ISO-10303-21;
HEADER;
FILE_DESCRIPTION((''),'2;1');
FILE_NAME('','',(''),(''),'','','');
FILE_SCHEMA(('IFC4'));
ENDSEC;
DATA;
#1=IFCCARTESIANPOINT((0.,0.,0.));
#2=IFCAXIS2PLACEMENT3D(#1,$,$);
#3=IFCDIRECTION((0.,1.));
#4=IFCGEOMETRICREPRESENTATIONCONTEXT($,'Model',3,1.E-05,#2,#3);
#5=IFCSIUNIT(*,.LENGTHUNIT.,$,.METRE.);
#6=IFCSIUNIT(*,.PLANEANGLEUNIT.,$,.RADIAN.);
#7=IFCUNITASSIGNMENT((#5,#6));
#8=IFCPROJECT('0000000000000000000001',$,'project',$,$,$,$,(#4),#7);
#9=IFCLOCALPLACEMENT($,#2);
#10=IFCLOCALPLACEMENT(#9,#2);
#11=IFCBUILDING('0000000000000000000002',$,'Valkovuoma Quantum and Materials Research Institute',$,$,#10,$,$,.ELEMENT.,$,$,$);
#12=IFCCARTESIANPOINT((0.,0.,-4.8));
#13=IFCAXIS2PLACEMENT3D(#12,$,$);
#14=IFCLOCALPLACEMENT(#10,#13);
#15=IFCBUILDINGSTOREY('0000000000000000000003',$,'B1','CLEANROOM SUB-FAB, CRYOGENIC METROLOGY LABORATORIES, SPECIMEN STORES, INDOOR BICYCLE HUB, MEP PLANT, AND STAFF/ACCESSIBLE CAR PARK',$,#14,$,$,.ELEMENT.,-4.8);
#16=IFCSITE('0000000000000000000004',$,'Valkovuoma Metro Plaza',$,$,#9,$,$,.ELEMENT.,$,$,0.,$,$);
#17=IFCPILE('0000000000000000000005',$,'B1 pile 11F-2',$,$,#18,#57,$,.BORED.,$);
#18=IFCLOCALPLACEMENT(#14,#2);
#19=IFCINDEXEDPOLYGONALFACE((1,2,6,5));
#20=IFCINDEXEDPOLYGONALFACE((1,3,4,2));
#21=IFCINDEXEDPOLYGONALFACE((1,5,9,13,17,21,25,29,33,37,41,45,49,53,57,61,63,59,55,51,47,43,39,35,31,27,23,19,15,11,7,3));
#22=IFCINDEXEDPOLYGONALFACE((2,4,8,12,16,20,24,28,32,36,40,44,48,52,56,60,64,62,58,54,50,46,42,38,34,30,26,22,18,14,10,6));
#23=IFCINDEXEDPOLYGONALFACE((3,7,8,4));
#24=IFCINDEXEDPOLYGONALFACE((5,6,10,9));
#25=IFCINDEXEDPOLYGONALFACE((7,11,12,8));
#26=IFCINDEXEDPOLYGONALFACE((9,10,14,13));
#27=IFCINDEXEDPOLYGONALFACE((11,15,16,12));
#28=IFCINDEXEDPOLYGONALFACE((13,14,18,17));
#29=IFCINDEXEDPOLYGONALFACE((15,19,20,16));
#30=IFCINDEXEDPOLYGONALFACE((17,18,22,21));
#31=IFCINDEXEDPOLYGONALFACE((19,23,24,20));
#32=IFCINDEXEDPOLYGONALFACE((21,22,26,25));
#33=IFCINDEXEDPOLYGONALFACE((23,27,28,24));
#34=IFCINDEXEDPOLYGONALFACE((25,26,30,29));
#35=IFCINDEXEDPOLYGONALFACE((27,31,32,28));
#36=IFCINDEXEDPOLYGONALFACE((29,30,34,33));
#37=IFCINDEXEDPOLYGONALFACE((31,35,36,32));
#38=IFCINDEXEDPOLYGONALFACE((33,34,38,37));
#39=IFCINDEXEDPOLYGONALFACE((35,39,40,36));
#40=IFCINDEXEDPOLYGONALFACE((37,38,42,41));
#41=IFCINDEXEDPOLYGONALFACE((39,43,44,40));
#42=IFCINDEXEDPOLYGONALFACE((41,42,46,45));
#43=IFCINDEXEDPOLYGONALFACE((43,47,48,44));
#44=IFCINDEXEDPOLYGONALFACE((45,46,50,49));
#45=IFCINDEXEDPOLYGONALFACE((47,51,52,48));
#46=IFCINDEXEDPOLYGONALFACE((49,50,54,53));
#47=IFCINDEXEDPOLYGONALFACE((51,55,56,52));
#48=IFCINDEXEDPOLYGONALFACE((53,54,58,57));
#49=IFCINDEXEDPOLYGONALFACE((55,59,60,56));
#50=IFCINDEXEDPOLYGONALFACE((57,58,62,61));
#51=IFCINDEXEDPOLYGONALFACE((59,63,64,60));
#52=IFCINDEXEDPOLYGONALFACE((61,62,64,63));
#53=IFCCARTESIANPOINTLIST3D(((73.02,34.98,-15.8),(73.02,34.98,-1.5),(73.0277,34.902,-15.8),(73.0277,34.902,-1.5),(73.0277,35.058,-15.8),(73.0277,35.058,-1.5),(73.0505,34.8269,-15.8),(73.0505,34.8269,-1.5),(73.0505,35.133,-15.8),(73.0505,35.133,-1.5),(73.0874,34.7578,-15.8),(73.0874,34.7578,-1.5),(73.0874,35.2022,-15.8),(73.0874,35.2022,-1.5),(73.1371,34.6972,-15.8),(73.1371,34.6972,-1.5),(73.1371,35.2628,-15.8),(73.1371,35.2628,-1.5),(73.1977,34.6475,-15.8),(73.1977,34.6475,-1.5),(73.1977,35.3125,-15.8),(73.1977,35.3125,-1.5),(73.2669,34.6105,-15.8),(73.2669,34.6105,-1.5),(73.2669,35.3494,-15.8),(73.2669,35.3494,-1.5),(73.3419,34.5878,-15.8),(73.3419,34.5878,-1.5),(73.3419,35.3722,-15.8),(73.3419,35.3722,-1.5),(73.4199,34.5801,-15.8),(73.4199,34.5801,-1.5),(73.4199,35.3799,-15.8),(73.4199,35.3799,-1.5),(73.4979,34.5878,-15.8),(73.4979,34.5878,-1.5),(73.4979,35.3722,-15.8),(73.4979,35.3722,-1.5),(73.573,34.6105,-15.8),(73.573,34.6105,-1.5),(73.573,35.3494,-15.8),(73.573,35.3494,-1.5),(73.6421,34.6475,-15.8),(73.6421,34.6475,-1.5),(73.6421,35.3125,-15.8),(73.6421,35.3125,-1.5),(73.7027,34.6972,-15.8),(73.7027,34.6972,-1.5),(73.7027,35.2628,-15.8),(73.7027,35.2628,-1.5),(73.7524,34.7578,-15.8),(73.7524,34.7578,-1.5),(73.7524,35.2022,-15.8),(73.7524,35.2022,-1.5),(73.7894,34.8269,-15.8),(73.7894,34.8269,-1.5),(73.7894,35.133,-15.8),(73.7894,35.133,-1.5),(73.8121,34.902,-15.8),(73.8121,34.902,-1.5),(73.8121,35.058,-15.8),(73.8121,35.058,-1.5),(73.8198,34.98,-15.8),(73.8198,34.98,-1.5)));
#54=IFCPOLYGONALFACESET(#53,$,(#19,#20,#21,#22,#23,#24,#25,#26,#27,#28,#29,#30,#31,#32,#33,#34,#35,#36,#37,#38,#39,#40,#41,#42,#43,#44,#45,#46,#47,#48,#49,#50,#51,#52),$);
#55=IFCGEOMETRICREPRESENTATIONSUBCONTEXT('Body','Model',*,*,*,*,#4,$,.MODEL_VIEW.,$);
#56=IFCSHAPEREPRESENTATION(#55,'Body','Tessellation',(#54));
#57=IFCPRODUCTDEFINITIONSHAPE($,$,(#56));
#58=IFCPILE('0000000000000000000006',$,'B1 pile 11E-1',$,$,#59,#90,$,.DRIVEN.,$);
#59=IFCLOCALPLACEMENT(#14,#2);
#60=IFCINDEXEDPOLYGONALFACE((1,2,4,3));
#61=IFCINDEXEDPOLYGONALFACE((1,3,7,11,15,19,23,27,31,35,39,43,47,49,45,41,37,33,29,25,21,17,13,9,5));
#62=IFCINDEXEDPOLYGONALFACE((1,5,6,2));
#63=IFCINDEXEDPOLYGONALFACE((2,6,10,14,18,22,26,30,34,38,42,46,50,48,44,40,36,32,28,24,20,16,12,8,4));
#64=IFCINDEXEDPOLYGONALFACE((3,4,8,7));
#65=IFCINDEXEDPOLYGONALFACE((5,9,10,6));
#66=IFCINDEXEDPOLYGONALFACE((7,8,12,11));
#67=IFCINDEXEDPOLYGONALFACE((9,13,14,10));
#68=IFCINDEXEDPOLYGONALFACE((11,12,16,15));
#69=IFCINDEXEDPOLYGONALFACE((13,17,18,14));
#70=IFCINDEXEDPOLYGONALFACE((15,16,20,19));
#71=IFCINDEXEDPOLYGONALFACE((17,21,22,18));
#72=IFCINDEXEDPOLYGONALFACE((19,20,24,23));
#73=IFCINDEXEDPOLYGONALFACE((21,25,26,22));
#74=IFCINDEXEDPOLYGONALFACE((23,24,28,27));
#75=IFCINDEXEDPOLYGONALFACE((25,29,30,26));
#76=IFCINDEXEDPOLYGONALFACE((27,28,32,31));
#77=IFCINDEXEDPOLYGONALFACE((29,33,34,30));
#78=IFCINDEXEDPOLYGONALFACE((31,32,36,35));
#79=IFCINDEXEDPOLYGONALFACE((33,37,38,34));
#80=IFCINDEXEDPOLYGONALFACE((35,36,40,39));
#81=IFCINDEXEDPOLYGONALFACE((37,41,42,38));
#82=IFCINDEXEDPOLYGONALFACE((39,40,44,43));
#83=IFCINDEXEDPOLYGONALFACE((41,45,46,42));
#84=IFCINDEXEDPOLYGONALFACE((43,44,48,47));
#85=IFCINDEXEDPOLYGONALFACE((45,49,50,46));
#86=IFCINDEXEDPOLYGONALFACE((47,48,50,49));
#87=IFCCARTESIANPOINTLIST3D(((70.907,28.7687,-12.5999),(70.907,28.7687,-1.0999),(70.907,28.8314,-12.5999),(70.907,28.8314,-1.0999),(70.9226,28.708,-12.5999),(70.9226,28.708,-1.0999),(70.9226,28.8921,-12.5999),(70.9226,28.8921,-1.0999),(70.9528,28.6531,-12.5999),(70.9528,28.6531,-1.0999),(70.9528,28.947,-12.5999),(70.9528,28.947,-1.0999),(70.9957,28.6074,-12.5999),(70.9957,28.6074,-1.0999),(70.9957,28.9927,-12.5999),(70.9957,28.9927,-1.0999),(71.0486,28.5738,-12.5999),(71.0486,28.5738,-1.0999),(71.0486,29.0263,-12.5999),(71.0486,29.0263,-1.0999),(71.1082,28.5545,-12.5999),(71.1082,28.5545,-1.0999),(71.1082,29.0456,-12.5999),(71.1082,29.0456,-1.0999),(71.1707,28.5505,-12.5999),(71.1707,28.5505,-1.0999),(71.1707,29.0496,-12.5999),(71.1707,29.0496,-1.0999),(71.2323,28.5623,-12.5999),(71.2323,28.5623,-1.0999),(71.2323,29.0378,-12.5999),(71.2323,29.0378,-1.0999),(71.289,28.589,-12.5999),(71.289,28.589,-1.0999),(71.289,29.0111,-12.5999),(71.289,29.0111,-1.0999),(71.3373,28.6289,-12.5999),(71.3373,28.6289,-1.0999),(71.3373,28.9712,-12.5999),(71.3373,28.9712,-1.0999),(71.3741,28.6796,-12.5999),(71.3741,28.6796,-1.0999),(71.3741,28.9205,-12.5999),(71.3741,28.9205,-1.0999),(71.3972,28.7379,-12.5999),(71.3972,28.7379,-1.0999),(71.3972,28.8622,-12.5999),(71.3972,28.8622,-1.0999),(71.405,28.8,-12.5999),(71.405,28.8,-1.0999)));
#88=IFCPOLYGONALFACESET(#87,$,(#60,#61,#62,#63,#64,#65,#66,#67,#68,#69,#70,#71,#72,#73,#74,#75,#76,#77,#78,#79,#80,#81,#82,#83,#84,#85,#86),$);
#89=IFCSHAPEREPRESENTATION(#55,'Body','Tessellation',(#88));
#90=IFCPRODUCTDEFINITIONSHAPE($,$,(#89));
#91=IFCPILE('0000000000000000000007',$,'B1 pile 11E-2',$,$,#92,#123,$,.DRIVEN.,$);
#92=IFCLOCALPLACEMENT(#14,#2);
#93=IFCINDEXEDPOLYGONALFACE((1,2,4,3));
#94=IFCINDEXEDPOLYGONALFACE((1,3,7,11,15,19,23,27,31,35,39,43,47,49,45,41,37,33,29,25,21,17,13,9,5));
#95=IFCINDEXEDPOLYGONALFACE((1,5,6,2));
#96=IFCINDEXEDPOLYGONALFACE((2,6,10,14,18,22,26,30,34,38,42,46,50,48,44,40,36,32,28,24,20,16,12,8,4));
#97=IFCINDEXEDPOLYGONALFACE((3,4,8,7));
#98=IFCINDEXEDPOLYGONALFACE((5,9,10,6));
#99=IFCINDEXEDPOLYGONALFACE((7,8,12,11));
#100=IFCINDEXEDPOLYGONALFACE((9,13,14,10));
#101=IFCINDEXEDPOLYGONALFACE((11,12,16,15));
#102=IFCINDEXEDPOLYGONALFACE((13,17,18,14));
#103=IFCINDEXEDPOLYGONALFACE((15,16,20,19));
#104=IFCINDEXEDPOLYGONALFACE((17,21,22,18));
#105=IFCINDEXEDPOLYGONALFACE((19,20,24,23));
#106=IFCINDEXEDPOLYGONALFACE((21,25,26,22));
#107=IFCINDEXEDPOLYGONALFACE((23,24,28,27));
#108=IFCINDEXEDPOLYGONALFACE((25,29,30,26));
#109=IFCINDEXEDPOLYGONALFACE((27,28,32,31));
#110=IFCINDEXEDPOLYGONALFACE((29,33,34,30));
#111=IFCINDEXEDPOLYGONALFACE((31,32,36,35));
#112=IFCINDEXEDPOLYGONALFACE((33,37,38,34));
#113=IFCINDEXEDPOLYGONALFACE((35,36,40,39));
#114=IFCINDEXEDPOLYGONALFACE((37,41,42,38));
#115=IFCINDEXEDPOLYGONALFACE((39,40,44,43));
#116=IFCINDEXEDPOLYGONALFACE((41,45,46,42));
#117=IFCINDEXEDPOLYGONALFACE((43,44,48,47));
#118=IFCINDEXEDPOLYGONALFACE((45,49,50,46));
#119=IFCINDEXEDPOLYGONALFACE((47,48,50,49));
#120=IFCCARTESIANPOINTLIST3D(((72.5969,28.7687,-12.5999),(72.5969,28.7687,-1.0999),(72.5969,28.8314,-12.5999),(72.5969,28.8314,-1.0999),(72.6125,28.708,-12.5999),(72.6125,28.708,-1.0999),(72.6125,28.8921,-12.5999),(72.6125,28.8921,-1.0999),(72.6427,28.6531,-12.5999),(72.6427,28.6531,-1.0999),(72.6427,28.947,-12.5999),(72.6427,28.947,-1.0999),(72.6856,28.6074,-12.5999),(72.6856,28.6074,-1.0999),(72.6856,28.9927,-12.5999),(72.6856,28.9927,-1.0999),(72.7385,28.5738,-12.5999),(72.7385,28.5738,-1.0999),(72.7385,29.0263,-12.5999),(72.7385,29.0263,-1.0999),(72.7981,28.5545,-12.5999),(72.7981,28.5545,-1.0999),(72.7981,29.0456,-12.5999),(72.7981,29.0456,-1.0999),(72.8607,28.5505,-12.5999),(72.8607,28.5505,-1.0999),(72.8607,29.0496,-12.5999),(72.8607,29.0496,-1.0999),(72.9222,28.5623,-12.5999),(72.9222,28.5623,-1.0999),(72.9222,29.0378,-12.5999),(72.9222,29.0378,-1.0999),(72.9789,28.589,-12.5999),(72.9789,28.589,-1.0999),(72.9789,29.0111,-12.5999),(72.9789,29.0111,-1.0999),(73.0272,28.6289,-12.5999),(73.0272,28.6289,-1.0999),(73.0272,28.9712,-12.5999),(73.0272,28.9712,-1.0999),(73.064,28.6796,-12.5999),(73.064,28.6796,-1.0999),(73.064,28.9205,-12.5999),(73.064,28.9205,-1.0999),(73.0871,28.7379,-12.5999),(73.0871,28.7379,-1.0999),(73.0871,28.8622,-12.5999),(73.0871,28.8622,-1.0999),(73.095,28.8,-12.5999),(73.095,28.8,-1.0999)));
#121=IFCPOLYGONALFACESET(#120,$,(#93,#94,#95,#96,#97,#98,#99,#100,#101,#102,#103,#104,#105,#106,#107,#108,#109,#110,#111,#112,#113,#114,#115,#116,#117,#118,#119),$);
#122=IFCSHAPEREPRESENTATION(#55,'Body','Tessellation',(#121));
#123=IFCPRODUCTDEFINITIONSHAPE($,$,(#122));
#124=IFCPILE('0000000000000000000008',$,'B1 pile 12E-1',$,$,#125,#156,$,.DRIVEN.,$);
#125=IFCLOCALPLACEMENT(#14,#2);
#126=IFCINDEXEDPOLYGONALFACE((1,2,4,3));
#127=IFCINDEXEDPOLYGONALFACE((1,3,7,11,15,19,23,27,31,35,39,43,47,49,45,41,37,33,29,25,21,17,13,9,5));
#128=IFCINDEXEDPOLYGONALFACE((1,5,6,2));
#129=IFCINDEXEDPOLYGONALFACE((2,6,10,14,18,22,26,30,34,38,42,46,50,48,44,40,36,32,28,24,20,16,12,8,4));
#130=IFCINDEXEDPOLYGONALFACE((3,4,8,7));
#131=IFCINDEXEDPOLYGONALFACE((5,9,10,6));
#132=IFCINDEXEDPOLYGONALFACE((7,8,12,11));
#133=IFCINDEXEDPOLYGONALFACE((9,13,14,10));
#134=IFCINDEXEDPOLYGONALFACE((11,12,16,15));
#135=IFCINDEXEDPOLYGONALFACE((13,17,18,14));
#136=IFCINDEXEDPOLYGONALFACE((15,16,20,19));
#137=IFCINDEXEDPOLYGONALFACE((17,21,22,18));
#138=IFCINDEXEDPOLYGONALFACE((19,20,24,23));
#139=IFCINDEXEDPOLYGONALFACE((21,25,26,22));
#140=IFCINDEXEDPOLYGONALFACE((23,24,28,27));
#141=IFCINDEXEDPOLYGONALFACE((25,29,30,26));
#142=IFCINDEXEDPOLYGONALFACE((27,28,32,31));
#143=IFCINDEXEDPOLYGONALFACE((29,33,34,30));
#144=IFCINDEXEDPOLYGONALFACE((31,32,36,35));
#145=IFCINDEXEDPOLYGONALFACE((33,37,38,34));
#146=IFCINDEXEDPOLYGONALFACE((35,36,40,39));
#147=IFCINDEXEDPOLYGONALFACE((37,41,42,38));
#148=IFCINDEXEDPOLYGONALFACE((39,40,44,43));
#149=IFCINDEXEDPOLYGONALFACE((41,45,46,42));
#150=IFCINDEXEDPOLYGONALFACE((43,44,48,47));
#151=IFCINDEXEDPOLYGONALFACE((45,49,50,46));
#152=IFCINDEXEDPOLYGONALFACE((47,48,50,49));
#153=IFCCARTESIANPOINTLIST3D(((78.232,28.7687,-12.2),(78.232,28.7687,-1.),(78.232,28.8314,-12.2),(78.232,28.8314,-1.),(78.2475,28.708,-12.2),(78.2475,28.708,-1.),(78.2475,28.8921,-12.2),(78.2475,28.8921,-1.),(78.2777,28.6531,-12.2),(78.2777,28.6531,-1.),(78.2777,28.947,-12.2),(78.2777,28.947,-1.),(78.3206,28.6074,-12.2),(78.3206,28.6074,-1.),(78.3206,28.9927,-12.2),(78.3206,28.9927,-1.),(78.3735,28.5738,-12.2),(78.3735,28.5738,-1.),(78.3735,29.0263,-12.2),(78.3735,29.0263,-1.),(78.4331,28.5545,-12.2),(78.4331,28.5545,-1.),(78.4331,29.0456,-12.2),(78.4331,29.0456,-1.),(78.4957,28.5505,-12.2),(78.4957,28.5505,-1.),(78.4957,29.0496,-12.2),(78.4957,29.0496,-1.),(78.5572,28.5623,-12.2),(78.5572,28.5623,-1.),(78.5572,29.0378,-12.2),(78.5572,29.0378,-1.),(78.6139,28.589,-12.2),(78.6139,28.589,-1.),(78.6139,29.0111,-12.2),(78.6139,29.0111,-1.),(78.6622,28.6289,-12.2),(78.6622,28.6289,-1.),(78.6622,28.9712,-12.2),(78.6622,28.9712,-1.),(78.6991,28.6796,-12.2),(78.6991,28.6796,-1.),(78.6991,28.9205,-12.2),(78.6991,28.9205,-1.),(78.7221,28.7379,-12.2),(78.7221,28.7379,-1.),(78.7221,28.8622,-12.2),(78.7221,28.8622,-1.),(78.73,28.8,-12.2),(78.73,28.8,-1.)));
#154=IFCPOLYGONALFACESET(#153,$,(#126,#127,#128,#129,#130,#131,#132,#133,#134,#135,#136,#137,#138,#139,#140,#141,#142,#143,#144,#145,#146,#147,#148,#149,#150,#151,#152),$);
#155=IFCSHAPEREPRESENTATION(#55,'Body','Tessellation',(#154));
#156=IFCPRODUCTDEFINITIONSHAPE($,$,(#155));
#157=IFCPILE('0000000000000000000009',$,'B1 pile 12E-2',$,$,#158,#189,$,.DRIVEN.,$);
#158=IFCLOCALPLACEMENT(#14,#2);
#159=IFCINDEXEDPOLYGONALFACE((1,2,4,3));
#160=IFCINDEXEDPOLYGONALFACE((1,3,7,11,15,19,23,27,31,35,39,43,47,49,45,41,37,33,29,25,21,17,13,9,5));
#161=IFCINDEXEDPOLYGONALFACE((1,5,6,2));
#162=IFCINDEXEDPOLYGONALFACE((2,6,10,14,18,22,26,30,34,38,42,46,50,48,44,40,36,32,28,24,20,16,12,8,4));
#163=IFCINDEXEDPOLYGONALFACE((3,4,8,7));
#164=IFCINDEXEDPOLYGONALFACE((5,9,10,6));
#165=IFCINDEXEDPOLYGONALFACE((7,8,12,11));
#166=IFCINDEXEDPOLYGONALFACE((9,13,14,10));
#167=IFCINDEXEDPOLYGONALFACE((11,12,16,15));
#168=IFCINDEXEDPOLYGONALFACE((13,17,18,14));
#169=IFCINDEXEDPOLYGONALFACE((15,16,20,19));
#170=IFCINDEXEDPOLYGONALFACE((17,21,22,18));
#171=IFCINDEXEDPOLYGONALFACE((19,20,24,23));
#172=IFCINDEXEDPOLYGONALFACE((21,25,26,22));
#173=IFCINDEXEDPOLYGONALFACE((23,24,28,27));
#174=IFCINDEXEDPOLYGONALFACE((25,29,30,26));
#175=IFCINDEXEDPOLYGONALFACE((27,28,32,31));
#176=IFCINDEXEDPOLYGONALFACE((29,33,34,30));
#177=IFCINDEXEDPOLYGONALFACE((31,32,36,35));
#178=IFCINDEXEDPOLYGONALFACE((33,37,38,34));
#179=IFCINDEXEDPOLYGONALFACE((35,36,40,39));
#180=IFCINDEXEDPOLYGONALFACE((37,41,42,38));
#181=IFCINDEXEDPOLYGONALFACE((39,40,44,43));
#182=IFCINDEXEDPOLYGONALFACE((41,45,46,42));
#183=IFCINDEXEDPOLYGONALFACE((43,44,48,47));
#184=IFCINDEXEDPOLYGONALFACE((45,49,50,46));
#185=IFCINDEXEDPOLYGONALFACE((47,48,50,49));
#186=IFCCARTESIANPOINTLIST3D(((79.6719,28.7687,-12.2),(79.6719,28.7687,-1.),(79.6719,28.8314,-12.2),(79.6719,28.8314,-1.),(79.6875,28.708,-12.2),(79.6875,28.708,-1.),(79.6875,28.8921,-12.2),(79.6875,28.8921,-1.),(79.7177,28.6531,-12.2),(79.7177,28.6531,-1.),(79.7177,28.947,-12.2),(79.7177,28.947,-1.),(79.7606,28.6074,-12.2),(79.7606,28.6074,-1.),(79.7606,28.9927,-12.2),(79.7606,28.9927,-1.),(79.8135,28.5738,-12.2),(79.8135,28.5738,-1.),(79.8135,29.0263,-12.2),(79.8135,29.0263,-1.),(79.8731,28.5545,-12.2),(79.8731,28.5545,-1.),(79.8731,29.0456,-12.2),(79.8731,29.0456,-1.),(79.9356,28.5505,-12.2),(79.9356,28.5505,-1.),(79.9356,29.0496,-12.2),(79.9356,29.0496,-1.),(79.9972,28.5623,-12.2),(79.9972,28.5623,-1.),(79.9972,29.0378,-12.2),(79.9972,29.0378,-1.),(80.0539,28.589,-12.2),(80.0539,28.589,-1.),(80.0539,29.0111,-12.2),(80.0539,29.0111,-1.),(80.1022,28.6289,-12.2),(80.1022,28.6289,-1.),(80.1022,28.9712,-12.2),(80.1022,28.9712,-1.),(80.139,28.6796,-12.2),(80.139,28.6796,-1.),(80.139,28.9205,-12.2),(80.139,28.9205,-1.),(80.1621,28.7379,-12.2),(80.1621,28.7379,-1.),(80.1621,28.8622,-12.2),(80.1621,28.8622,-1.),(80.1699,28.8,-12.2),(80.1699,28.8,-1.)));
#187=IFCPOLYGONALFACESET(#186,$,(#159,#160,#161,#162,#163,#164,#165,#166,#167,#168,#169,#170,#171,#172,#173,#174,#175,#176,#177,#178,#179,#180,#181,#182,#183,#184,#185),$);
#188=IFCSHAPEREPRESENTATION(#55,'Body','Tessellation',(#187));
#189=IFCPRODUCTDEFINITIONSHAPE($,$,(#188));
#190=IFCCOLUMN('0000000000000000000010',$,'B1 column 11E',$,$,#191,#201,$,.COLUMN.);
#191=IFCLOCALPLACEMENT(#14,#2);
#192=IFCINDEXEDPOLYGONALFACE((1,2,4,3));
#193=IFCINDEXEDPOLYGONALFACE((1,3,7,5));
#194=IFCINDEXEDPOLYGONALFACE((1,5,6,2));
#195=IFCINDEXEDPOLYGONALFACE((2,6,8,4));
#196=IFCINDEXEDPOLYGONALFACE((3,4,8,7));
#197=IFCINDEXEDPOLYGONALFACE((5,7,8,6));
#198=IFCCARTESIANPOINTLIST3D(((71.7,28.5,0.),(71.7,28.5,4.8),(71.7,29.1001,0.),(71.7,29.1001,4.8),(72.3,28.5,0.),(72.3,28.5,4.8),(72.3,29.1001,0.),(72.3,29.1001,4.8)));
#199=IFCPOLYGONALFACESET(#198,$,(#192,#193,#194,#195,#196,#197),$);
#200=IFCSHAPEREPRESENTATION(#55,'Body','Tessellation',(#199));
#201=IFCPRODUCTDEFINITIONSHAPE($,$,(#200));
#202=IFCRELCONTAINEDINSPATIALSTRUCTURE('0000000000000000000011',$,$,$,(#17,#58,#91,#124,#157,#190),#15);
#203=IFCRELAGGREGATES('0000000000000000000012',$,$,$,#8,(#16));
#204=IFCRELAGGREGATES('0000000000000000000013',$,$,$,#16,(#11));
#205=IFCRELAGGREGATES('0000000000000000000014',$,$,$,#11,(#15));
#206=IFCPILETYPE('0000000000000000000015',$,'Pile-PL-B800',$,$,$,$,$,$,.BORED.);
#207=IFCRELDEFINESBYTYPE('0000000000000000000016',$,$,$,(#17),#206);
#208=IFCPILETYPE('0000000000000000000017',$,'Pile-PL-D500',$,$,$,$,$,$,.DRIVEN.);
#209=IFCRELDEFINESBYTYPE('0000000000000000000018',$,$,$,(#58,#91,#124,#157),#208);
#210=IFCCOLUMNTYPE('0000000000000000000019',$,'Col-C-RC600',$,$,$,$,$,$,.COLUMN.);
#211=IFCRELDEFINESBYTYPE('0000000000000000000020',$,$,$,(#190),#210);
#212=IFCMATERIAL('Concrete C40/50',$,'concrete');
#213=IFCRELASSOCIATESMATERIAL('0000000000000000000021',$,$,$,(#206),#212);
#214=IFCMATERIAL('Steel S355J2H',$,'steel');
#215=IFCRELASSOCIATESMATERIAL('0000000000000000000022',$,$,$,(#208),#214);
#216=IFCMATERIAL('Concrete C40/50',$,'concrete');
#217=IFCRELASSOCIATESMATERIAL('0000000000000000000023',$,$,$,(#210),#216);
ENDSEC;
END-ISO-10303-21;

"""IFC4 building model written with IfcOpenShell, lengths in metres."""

from ifc_helpers import new_model, si_unit, direction, frame, origin, origin_2d, place, context, subcontext, project, spatial, rectangle, circle, extrude, material, material_profile, profile_set, type_object, element, save


model = new_model("IFC4")

# Units and contexts
model_context = context("Model", 3, precision=1e-05, world=origin(), true_north=direction((0.0, 1.0)))
body_context = subcontext(model_context, "Body", "Model", "MODEL_VIEW")
ifc_project = project(units=[si_unit("LENGTHUNIT", "METRE"), si_unit("PLANEANGLEUNIT", "RADIAN")], contexts=[model_context])

# Site, building, storey
site_placement = place(None, origin())
site = spatial("IfcSite", under=ifc_project, at=site_placement, Name="Valkovuoma Metro Plaza", CompositionType="ELEMENT", RefElevation=0.0)
building_placement = place(site_placement, origin())
building = spatial("IfcBuilding", under=site, at=building_placement, Name="Valkovuoma Quantum and Materials Research Institute", CompositionType="ELEMENT")
storey_placement = place(building_placement, frame((0.0, 0.0, -4.8)))
storey = spatial("IfcBuildingStorey", under=building, at=storey_placement, Name="B1", Description="CLEANROOM SUB-FAB, CRYOGENIC METROLOGY LABORATORIES, SPECIMEN STORES, INDOOR BICYCLE HUB, MEP PLANT, AND STAFF/ACCESSIBLE CAR PARK", CompositionType="ELEMENT", Elevation=-4.8)

# Piles
ifc_material_1 = material(Name="Concrete C40/50", Category="concrete")
ifc_material_profile_1 = material_profile(ifc_material_1, circle(Radius=0.3999, at=origin_2d()), Name="Concrete C40/50")
ifc_profile_set_1 = profile_set([ifc_material_profile_1], Name="Concrete C40/50")
pile_type_1 = type_object("IfcPileType", Name="Pile-PL-B800", PredefinedType="BORED", material=ifc_profile_set_1)
pile_placement = place(storey_placement, frame((73.4199, 34.98, -1.5), z_axis=(0.0, 0.0, -1.0), x_axis=(1.0, 0.0, 0.0)))
element("IfcPile", 1, at=pile_placement, inside=storey, type_object=pile_type_1, Name="B1 pile 11F-2", PredefinedType="BORED", context=body_context, shape_type="SweptSolid", body=[
    extrude(circle(Radius=0.3999, at=origin_2d()), origin(), (0.0, 0.0, 1.0), 14.3),
])
ifc_material_2 = material(Name="Steel S355J2H", Category="steel")
ifc_material_profile_2 = material_profile(ifc_material_2, circle(Radius=0.25, at=origin_2d()), Name="Steel S355J2H")
ifc_profile_set_2 = profile_set([ifc_material_profile_2], Name="Steel S355J2H")
pile_type_2 = type_object("IfcPileType", Name="Pile-PL-D500", PredefinedType="DRIVEN", material=ifc_profile_set_2)
for number, where, z_axis, x_axis, name in (
    (2, (71.155, 28.8, -1.0999), (0.0, 0.0, -1.0), (1.0, 0.0, 0.0), "B1 pile 11E-1"),
    (3, (72.845, 28.8, -1.0999), (0.0, 0.0, -1.0), (1.0, 0.0, 0.0), "B1 pile 11E-2"),
):
    element("IfcPile", number, at=place(storey_placement, frame(where, z_axis=z_axis, x_axis=x_axis)), inside=storey, type_object=pile_type_2, Name=name, PredefinedType="DRIVEN", context=body_context, shape_type="SweptSolid", body=[
        extrude(circle(Radius=0.25, at=origin_2d()), origin(), (0.0, 0.0, 1.0), 11.5),
    ])
for number, where, z_axis, x_axis, name in (
    (4, (78.48, 28.8, -1.0), (0.0, 0.0, -1.0), (1.0, 0.0, 0.0), "B1 pile 12E-1"),
    (5, (79.9199, 28.8, -1.0), (0.0, 0.0, -1.0), (1.0, 0.0, 0.0), "B1 pile 12E-2"),
):
    element("IfcPile", number, at=place(storey_placement, frame(where, z_axis=z_axis, x_axis=x_axis)), inside=storey, type_object=pile_type_2, Name=name, PredefinedType="DRIVEN", context=body_context, shape_type="SweptSolid", body=[
        extrude(circle(Radius=0.25, at=origin_2d()), origin(), (0.0, 0.0, 1.0), 11.2),
    ])

# Column
ifc_material_3 = material(Name="Concrete C40/50", Category="concrete")
ifc_material_profile_3 = material_profile(ifc_material_3, rectangle(XDim=0.6001, YDim=0.6001, at=origin_2d()), Name="Concrete C40/50")
ifc_profile_set_3 = profile_set([ifc_material_profile_3], Name="Concrete C40/50")
column_type_1 = type_object("IfcColumnType", Name="Col-C-RC600", PredefinedType="COLUMN", material=ifc_profile_set_3)
for number, where, z_axis, x_axis, name in (
    (6, (72.0, 28.8, 0.0), (0.0, 0.0, 1.0), (1.0, 0.0, 0.0), "B1 column 11E"),
):
    element("IfcColumn", number, at=place(storey_placement, frame(where, z_axis=z_axis, x_axis=x_axis)), inside=storey, type_object=column_type_1, Name=name, PredefinedType="COLUMN", context=body_context, shape_type="SweptSolid", body=[
        extrude(rectangle(XDim=0.6001, YDim=0.6001, at=origin_2d()), origin(), (0.0, 0.0, 1.0), 4.8),
    ])

save(model, "model.ifc")
